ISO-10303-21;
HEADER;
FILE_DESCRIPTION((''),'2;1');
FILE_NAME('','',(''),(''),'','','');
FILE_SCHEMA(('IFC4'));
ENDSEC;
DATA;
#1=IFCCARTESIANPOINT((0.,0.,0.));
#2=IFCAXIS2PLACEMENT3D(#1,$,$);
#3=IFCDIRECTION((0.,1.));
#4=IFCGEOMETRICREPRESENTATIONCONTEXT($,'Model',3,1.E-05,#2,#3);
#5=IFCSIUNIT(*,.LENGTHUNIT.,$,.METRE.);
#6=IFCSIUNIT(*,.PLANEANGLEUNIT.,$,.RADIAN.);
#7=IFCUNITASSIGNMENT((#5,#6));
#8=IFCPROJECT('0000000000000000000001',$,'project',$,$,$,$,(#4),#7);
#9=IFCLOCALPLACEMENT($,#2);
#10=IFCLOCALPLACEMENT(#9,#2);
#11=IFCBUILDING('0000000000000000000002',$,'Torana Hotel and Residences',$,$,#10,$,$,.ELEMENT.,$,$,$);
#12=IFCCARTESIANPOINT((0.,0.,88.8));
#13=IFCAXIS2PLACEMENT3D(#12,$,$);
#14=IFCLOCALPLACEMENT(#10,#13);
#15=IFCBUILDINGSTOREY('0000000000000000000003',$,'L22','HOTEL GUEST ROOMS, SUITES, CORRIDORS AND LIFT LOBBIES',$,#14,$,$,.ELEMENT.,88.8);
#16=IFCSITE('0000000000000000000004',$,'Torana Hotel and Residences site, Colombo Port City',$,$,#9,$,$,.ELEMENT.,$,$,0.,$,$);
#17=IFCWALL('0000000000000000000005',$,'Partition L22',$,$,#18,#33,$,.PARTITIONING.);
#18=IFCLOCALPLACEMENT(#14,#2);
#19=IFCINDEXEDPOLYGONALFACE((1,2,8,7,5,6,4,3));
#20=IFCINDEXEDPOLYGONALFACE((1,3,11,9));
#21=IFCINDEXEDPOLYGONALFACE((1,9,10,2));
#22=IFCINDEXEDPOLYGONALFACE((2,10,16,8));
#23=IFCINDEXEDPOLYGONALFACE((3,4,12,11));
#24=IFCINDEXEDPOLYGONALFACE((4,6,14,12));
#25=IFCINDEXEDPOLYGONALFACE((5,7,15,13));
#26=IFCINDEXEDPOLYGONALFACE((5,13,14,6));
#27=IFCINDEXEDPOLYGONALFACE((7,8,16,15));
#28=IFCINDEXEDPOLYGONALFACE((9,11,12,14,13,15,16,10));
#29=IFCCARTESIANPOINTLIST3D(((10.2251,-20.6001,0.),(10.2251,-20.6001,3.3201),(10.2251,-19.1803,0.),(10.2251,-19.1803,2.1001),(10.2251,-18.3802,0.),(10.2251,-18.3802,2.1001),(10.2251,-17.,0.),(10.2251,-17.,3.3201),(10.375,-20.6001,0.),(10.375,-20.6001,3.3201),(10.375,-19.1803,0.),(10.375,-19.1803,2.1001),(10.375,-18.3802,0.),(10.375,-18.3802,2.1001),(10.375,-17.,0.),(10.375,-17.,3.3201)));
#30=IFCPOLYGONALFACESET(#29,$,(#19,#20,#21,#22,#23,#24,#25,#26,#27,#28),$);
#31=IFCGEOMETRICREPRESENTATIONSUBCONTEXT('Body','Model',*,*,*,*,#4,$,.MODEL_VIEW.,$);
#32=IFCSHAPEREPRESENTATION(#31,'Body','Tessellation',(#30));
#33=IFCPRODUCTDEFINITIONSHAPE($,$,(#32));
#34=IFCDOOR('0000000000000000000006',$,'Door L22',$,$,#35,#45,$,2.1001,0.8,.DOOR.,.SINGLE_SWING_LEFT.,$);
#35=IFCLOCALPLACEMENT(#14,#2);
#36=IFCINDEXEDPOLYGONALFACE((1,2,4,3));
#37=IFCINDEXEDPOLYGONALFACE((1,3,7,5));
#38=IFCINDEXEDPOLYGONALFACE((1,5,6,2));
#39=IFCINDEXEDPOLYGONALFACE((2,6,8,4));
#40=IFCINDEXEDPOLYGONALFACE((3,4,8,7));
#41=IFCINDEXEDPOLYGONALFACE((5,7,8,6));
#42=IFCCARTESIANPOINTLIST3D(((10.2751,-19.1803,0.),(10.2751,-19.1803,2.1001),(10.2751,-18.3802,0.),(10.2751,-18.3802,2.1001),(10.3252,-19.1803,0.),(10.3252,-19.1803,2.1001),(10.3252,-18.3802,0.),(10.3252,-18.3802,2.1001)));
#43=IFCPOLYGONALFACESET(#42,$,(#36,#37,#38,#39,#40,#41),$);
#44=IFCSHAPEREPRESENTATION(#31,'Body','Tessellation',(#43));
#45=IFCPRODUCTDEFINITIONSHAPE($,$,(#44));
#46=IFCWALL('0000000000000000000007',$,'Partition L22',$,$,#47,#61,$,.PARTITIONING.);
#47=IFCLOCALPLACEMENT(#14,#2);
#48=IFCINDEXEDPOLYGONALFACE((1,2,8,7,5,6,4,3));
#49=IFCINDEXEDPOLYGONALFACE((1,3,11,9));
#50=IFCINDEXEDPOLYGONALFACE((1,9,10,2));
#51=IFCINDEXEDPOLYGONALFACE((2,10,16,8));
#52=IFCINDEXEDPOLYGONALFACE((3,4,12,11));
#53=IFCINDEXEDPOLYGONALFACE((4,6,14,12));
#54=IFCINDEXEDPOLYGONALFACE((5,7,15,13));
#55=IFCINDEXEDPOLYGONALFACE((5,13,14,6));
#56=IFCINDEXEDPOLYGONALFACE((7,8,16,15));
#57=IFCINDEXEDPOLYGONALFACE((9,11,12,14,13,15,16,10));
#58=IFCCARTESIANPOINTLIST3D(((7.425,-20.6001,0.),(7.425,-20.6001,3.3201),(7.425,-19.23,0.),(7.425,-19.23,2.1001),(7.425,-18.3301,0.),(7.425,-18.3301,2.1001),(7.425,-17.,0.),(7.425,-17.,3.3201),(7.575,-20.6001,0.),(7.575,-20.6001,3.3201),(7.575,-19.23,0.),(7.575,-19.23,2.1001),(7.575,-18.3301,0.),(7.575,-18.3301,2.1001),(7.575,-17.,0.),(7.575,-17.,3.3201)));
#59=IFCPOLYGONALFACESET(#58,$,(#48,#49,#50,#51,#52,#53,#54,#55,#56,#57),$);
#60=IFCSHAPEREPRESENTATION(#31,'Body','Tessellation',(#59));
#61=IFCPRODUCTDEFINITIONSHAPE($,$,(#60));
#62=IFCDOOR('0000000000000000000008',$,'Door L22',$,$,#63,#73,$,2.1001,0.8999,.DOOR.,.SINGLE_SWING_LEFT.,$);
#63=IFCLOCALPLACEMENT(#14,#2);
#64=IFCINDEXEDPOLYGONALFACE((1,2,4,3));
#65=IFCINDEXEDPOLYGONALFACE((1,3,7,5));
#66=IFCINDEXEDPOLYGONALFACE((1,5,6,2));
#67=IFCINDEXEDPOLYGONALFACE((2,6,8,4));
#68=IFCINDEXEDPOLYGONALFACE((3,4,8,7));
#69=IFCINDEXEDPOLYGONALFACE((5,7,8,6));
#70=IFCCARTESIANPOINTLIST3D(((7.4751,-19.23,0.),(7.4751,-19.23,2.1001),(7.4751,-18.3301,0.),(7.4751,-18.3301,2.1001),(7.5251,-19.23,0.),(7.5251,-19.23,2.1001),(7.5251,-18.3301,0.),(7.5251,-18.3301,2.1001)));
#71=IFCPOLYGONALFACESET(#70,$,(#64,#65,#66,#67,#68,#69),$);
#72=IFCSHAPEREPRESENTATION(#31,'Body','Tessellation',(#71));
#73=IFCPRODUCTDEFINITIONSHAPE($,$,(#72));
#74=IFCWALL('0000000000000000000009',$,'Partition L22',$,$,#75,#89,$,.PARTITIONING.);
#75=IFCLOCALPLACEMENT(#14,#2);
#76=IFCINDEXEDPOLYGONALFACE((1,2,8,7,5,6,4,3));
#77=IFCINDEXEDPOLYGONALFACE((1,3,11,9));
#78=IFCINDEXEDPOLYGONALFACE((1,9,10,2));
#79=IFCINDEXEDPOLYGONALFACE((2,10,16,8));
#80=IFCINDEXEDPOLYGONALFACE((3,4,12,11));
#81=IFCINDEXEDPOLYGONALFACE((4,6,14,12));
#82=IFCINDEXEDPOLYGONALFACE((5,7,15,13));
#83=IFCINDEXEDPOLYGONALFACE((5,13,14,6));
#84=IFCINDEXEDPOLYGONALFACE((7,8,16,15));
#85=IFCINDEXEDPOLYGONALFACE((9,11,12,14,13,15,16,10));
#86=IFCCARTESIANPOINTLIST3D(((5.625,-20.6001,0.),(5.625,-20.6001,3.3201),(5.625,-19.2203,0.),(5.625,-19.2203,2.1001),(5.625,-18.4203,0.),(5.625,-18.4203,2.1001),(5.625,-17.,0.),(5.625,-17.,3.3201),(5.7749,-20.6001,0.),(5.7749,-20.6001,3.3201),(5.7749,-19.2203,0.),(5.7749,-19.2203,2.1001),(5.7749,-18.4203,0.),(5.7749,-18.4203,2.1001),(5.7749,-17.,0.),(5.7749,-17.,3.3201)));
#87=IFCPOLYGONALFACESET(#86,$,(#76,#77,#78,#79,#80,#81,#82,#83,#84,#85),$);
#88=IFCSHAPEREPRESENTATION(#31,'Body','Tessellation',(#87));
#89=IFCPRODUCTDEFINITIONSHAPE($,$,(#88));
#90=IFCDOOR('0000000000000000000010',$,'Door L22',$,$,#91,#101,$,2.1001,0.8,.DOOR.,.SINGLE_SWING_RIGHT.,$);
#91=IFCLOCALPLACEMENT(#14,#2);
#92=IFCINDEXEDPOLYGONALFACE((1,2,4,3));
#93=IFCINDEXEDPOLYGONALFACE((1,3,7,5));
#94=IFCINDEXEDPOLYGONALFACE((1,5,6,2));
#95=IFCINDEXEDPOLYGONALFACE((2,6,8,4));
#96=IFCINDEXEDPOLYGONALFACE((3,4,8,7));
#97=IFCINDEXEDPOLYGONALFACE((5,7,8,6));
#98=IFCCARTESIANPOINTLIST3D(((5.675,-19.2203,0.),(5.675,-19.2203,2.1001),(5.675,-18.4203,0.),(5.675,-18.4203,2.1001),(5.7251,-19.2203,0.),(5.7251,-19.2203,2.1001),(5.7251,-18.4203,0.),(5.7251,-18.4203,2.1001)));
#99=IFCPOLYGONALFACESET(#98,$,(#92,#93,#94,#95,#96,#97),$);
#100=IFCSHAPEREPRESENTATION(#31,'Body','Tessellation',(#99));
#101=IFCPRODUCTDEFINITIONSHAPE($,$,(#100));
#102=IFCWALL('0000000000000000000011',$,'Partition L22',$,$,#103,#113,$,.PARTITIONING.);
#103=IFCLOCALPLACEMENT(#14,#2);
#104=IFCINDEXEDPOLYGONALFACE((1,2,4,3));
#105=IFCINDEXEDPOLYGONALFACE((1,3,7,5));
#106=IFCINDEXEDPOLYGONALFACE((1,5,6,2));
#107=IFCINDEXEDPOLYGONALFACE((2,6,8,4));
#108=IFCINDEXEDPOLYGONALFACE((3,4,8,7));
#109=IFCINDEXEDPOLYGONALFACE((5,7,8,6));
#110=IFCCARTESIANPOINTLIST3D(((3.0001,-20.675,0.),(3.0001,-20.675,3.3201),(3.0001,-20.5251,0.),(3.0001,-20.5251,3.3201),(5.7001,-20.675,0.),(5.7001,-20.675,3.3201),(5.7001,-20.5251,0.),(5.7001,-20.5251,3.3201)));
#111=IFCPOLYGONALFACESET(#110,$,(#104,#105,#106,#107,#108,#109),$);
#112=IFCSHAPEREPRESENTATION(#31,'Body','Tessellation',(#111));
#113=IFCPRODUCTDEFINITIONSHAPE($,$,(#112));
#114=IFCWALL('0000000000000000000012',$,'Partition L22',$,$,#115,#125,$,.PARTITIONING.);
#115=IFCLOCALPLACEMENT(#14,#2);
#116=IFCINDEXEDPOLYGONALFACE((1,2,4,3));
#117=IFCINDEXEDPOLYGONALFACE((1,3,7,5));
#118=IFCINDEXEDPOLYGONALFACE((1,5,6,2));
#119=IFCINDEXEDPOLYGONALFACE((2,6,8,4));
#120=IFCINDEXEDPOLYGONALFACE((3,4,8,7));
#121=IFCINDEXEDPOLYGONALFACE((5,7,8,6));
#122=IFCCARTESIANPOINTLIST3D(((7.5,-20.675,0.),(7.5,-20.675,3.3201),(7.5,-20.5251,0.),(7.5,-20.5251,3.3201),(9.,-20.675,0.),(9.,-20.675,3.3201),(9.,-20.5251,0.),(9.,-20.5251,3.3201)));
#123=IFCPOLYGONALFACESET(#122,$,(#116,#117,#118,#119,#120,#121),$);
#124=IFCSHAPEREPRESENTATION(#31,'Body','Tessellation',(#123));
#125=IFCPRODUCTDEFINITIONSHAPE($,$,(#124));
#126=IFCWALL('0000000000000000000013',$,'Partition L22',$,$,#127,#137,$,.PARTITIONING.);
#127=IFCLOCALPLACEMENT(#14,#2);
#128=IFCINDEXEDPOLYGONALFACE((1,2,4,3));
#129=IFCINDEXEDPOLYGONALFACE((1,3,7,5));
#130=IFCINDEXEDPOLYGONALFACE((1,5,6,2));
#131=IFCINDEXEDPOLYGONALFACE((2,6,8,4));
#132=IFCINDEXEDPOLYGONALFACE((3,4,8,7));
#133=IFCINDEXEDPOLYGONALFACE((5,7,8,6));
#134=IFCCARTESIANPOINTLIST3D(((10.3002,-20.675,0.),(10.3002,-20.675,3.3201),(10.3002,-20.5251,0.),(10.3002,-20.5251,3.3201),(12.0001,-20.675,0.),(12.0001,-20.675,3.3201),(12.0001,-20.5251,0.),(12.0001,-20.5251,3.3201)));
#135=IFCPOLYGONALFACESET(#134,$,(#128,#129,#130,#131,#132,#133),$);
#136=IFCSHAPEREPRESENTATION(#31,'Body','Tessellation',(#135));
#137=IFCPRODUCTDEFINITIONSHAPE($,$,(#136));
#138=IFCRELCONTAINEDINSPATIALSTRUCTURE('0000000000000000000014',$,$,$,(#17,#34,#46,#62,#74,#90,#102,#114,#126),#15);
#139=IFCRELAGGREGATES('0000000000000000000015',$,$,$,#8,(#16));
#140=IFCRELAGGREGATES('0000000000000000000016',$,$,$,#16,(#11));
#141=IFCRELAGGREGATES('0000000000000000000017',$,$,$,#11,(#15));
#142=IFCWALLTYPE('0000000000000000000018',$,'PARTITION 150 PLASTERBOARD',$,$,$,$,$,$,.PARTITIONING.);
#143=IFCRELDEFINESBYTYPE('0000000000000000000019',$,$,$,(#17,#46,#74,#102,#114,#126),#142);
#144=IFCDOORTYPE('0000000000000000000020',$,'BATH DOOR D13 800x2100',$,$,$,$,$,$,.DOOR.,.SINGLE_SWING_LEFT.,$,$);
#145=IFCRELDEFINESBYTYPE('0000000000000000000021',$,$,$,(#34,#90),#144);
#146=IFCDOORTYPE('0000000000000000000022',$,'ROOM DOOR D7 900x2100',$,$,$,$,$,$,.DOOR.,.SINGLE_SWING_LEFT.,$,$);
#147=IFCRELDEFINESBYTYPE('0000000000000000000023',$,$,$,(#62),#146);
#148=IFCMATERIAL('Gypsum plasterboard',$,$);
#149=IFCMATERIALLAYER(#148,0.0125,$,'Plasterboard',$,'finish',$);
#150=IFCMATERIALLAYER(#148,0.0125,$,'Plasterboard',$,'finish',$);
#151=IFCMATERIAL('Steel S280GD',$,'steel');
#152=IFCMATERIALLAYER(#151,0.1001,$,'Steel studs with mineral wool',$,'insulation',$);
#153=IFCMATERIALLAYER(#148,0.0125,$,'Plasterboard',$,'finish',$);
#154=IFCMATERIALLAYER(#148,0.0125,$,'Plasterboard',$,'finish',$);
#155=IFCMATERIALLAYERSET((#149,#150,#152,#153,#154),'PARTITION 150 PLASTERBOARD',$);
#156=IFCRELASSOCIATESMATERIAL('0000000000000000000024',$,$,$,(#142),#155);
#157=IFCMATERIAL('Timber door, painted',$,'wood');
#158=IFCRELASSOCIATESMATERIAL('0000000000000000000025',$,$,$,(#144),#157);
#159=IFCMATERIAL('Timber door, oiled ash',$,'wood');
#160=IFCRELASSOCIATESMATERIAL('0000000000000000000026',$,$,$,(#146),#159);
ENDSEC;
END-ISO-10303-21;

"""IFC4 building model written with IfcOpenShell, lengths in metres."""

from ifc_helpers import new_model, si_unit, direction, frame, frame_2d, origin, place, context, subcontext, project, spatial, rectangle, extrude, material, layer, layer_set, type_object, element, fill, save


model = new_model("IFC4")

# Units and contexts
model_context = context("Model", 3, precision=1e-05, world=origin(), true_north=direction((0.0, 1.0)))
body_context = subcontext(model_context, "Body", "Model", "MODEL_VIEW")
ifc_project = project(units=[si_unit("LENGTHUNIT", "METRE"), si_unit("PLANEANGLEUNIT", "RADIAN")], contexts=[model_context])

# Site, building, storey
site_placement = place(None, origin())
site = spatial("IfcSite", under=ifc_project, at=site_placement, Name="Torana Hotel and Residences site, Colombo Port City", CompositionType="ELEMENT", RefElevation=0.0)
building_placement = place(site_placement, origin())
building = spatial("IfcBuilding", under=site, at=building_placement, Name="Torana Hotel and Residences", CompositionType="ELEMENT")
storey_placement = place(building_placement, frame((0.0, 0.0, 88.8)))
storey = spatial("IfcBuildingStorey", under=building, at=storey_placement, Name="L22", Description="HOTEL GUEST ROOMS, SUITES, CORRIDORS AND LIFT LOBBIES", CompositionType="ELEMENT", Elevation=88.8)

# Walls, openings, doors
ifc_material_1 = material(Name="Gypsum plasterboard")
ifc_layer_1 = layer(ifc_material_1, 0.0125, Name="Plasterboard", Category="finish")
ifc_layer_2 = layer(ifc_material_1, 0.0125, Name="Plasterboard", Category="finish")
ifc_material_2 = material(Name="Steel S280GD", Category="steel")
ifc_layer_3 = layer(ifc_material_2, 0.1001, Name="Steel studs with mineral wool", Category="insulation")
ifc_layer_4 = layer(ifc_material_1, 0.0125, Name="Plasterboard", Category="finish")
ifc_layer_5 = layer(ifc_material_1, 0.0125, Name="Plasterboard", Category="finish")
ifc_layer_set_1 = layer_set([ifc_layer_1, ifc_layer_2, ifc_layer_3, ifc_layer_4, ifc_layer_5], Name="PARTITION 150 PLASTERBOARD")
wall_type_1 = type_object("IfcWallType", Name="PARTITION 150 PLASTERBOARD", PredefinedType="PARTITIONING", material=ifc_layer_set_1)
wall_1_placement = place(storey_placement, frame((10.3, -20.6001, 0.0), z_axis=(0.0, 0.0, 1.0), x_axis=(0.0, 1.0, 0.0)))
wall_1 = element("IfcWall", 1, at=wall_1_placement, inside=storey, type_object=wall_type_1, Name="Partition L22", PredefinedType="PARTITIONING", context=body_context, shape_type="SweptSolid", body=[
    extrude(rectangle(XDim=3.6001, YDim=0.1499, at=frame_2d((1.8, 0.0))), origin(), (0.0, 0.0, 1.0), 3.3201),
])
opening_1_placement = place(wall_1_placement, frame((1.4199, 0.0, 0.0)))
opening_1 = element("IfcOpeningElement", 2, at=opening_1_placement, cuts=wall_1, PredefinedType="OPENING", context=body_context, shape_type="SweptSolid", body=[
    extrude(rectangle(XDim=0.8, YDim=2.1001, at=frame_2d((0.3999, 1.05))), frame((0.0, 0.085, 0.0), z_axis=(0.0, -1.0, 0.0), x_axis=(1.0, 0.0, 0.0)), (0.0, 0.0, 1.0), 0.1699),
])
ifc_material_3 = material(Name="Timber door, painted", Category="wood")
door_type_1 = type_object("IfcDoorType", Name="BATH DOOR D13 800x2100", OperationType="SINGLE_SWING_LEFT", PredefinedType="DOOR", material=ifc_material_3)
door_1_placement = place(opening_1_placement, origin())
door_1 = element("IfcDoor", 3, at=door_1_placement, inside=storey, type_object=door_type_1, Name="Door L22", OperationType="SINGLE_SWING_LEFT", OverallHeight=2.1001, OverallWidth=0.8, PredefinedType="DOOR", context=body_context, shape_type="SweptSolid", body=[
    extrude(rectangle(XDim=0.8, YDim=2.1001, at=frame_2d((0.3999, 1.05))), frame((0.0, 0.0249, 0.0), z_axis=(0.0, -1.0, 0.0), x_axis=(1.0, 0.0, 0.0)), (0.0, 0.0, 1.0), 0.05),
])
fill(opening_1, door_1)
wall_2_placement = place(storey_placement, frame((7.5, -20.6001, 0.0), z_axis=(0.0, 0.0, 1.0), x_axis=(0.0, 1.0, 0.0)))
wall_2 = element("IfcWall", 4, at=wall_2_placement, inside=storey, type_object=wall_type_1, Name="Partition L22", PredefinedType="PARTITIONING", context=body_context, shape_type="SweptSolid", body=[
    extrude(rectangle(XDim=3.6001, YDim=0.1499, at=frame_2d((1.8, 0.0))), origin(), (0.0, 0.0, 1.0), 3.3201),
])
opening_2_placement = place(wall_2_placement, frame((1.3701, 0.0, 0.0)))
opening_2 = element("IfcOpeningElement", 5, at=opening_2_placement, cuts=wall_2, PredefinedType="OPENING", context=body_context, shape_type="SweptSolid", body=[
    extrude(rectangle(XDim=0.8999, YDim=2.1001, at=frame_2d((0.45, 1.05))), frame((0.0, 0.085, 0.0), z_axis=(0.0, -1.0, 0.0), x_axis=(1.0, 0.0, 0.0)), (0.0, 0.0, 1.0), 0.1699),
])
ifc_material_4 = material(Name="Timber door, oiled ash", Category="wood")
door_type_2 = type_object("IfcDoorType", Name="ROOM DOOR D7 900x2100", OperationType="SINGLE_SWING_LEFT", PredefinedType="DOOR", material=ifc_material_4)
door_2_placement = place(opening_2_placement, origin())
door_2 = element("IfcDoor", 6, at=door_2_placement, inside=storey, type_object=door_type_2, Name="Door L22", OperationType="SINGLE_SWING_LEFT", OverallHeight=2.1001, OverallWidth=0.8999, PredefinedType="DOOR", context=body_context, shape_type="SweptSolid", body=[
    extrude(rectangle(XDim=0.8999, YDim=2.1001, at=frame_2d((0.45, 1.05))), frame((0.0, 0.0249, 0.0), z_axis=(0.0, -1.0, 0.0), x_axis=(1.0, 0.0, 0.0)), (0.0, 0.0, 1.0), 0.05),
])
fill(opening_2, door_2)
wall_3_placement = place(storey_placement, frame((5.7, -20.6001, 0.0), z_axis=(0.0, 0.0, 1.0), x_axis=(0.0, 1.0, 0.0)))
wall_3 = element("IfcWall", 7, at=wall_3_placement, inside=storey, type_object=wall_type_1, Name="Partition L22", PredefinedType="PARTITIONING", context=body_context, shape_type="SweptSolid", body=[
    extrude(rectangle(XDim=3.6001, YDim=0.1499, at=frame_2d((1.8, 0.0))), origin(), (0.0, 0.0, 1.0), 3.3201),
])
opening_3_placement = place(wall_3_placement, frame((1.3799, 0.0, 0.0)))
opening_3 = element("IfcOpeningElement", 8, at=opening_3_placement, cuts=wall_3, PredefinedType="OPENING", context=body_context, shape_type="SweptSolid", body=[
    extrude(rectangle(XDim=0.8, YDim=2.1001, at=frame_2d((0.3999, 1.05))), frame((0.0, 0.085, 0.0), z_axis=(0.0, -1.0, 0.0), x_axis=(1.0, 0.0, 0.0)), (0.0, 0.0, 1.0), 0.1699),
])
door_3_placement = place(opening_3_placement, origin())
door_3 = element("IfcDoor", 9, at=door_3_placement, inside=storey, type_object=door_type_1, Name="Door L22", OperationType="SINGLE_SWING_RIGHT", OverallHeight=2.1001, OverallWidth=0.8, PredefinedType="DOOR", context=body_context, shape_type="SweptSolid", body=[
    extrude(rectangle(XDim=0.8, YDim=2.1001, at=frame_2d((0.3999, 1.05))), frame((0.0, 0.0249, 0.0), z_axis=(0.0, -1.0, 0.0), x_axis=(1.0, 0.0, 0.0)), (0.0, 0.0, 1.0), 0.05),
])
fill(opening_3, door_3)

# Walls
wall_4_placement = place(storey_placement, frame((3.0, -20.6001, 0.0), z_axis=(0.0, 0.0, 1.0), x_axis=(1.0, 0.0, 0.0)))
element("IfcWall", 10, at=wall_4_placement, inside=storey, type_object=wall_type_1, Name="Partition L22", PredefinedType="PARTITIONING", context=body_context, shape_type="SweptSolid", body=[
    extrude(rectangle(XDim=2.7, YDim=0.1499, at=frame_2d((1.3501, 0.0))), origin(), (0.0, 0.0, 1.0), 3.3201),
])
wall_5_placement = place(storey_placement, frame((7.5, -20.6001, 0.0), z_axis=(0.0, 0.0, 1.0), x_axis=(1.0, 0.0, 0.0)))
element("IfcWall", 11, at=wall_5_placement, inside=storey, type_object=wall_type_1, Name="Partition L22", PredefinedType="PARTITIONING", context=body_context, shape_type="SweptSolid", body=[
    extrude(rectangle(XDim=1.5, YDim=0.1499, at=frame_2d((0.75, 0.0))), origin(), (0.0, 0.0, 1.0), 3.3201),
])
wall_6_placement = place(storey_placement, frame((10.3, -20.6001, 0.0), z_axis=(0.0, 0.0, 1.0), x_axis=(1.0, 0.0, 0.0)))
element("IfcWall", 12, at=wall_6_placement, inside=storey, type_object=wall_type_1, Name="Partition L22", PredefinedType="PARTITIONING", context=body_context, shape_type="SweptSolid", body=[
    extrude(rectangle(XDim=1.7, YDim=0.1499, at=frame_2d((0.8501, 0.0))), origin(), (0.0, 0.0, 1.0), 3.3201),
])

save(model, "model.ifc")
